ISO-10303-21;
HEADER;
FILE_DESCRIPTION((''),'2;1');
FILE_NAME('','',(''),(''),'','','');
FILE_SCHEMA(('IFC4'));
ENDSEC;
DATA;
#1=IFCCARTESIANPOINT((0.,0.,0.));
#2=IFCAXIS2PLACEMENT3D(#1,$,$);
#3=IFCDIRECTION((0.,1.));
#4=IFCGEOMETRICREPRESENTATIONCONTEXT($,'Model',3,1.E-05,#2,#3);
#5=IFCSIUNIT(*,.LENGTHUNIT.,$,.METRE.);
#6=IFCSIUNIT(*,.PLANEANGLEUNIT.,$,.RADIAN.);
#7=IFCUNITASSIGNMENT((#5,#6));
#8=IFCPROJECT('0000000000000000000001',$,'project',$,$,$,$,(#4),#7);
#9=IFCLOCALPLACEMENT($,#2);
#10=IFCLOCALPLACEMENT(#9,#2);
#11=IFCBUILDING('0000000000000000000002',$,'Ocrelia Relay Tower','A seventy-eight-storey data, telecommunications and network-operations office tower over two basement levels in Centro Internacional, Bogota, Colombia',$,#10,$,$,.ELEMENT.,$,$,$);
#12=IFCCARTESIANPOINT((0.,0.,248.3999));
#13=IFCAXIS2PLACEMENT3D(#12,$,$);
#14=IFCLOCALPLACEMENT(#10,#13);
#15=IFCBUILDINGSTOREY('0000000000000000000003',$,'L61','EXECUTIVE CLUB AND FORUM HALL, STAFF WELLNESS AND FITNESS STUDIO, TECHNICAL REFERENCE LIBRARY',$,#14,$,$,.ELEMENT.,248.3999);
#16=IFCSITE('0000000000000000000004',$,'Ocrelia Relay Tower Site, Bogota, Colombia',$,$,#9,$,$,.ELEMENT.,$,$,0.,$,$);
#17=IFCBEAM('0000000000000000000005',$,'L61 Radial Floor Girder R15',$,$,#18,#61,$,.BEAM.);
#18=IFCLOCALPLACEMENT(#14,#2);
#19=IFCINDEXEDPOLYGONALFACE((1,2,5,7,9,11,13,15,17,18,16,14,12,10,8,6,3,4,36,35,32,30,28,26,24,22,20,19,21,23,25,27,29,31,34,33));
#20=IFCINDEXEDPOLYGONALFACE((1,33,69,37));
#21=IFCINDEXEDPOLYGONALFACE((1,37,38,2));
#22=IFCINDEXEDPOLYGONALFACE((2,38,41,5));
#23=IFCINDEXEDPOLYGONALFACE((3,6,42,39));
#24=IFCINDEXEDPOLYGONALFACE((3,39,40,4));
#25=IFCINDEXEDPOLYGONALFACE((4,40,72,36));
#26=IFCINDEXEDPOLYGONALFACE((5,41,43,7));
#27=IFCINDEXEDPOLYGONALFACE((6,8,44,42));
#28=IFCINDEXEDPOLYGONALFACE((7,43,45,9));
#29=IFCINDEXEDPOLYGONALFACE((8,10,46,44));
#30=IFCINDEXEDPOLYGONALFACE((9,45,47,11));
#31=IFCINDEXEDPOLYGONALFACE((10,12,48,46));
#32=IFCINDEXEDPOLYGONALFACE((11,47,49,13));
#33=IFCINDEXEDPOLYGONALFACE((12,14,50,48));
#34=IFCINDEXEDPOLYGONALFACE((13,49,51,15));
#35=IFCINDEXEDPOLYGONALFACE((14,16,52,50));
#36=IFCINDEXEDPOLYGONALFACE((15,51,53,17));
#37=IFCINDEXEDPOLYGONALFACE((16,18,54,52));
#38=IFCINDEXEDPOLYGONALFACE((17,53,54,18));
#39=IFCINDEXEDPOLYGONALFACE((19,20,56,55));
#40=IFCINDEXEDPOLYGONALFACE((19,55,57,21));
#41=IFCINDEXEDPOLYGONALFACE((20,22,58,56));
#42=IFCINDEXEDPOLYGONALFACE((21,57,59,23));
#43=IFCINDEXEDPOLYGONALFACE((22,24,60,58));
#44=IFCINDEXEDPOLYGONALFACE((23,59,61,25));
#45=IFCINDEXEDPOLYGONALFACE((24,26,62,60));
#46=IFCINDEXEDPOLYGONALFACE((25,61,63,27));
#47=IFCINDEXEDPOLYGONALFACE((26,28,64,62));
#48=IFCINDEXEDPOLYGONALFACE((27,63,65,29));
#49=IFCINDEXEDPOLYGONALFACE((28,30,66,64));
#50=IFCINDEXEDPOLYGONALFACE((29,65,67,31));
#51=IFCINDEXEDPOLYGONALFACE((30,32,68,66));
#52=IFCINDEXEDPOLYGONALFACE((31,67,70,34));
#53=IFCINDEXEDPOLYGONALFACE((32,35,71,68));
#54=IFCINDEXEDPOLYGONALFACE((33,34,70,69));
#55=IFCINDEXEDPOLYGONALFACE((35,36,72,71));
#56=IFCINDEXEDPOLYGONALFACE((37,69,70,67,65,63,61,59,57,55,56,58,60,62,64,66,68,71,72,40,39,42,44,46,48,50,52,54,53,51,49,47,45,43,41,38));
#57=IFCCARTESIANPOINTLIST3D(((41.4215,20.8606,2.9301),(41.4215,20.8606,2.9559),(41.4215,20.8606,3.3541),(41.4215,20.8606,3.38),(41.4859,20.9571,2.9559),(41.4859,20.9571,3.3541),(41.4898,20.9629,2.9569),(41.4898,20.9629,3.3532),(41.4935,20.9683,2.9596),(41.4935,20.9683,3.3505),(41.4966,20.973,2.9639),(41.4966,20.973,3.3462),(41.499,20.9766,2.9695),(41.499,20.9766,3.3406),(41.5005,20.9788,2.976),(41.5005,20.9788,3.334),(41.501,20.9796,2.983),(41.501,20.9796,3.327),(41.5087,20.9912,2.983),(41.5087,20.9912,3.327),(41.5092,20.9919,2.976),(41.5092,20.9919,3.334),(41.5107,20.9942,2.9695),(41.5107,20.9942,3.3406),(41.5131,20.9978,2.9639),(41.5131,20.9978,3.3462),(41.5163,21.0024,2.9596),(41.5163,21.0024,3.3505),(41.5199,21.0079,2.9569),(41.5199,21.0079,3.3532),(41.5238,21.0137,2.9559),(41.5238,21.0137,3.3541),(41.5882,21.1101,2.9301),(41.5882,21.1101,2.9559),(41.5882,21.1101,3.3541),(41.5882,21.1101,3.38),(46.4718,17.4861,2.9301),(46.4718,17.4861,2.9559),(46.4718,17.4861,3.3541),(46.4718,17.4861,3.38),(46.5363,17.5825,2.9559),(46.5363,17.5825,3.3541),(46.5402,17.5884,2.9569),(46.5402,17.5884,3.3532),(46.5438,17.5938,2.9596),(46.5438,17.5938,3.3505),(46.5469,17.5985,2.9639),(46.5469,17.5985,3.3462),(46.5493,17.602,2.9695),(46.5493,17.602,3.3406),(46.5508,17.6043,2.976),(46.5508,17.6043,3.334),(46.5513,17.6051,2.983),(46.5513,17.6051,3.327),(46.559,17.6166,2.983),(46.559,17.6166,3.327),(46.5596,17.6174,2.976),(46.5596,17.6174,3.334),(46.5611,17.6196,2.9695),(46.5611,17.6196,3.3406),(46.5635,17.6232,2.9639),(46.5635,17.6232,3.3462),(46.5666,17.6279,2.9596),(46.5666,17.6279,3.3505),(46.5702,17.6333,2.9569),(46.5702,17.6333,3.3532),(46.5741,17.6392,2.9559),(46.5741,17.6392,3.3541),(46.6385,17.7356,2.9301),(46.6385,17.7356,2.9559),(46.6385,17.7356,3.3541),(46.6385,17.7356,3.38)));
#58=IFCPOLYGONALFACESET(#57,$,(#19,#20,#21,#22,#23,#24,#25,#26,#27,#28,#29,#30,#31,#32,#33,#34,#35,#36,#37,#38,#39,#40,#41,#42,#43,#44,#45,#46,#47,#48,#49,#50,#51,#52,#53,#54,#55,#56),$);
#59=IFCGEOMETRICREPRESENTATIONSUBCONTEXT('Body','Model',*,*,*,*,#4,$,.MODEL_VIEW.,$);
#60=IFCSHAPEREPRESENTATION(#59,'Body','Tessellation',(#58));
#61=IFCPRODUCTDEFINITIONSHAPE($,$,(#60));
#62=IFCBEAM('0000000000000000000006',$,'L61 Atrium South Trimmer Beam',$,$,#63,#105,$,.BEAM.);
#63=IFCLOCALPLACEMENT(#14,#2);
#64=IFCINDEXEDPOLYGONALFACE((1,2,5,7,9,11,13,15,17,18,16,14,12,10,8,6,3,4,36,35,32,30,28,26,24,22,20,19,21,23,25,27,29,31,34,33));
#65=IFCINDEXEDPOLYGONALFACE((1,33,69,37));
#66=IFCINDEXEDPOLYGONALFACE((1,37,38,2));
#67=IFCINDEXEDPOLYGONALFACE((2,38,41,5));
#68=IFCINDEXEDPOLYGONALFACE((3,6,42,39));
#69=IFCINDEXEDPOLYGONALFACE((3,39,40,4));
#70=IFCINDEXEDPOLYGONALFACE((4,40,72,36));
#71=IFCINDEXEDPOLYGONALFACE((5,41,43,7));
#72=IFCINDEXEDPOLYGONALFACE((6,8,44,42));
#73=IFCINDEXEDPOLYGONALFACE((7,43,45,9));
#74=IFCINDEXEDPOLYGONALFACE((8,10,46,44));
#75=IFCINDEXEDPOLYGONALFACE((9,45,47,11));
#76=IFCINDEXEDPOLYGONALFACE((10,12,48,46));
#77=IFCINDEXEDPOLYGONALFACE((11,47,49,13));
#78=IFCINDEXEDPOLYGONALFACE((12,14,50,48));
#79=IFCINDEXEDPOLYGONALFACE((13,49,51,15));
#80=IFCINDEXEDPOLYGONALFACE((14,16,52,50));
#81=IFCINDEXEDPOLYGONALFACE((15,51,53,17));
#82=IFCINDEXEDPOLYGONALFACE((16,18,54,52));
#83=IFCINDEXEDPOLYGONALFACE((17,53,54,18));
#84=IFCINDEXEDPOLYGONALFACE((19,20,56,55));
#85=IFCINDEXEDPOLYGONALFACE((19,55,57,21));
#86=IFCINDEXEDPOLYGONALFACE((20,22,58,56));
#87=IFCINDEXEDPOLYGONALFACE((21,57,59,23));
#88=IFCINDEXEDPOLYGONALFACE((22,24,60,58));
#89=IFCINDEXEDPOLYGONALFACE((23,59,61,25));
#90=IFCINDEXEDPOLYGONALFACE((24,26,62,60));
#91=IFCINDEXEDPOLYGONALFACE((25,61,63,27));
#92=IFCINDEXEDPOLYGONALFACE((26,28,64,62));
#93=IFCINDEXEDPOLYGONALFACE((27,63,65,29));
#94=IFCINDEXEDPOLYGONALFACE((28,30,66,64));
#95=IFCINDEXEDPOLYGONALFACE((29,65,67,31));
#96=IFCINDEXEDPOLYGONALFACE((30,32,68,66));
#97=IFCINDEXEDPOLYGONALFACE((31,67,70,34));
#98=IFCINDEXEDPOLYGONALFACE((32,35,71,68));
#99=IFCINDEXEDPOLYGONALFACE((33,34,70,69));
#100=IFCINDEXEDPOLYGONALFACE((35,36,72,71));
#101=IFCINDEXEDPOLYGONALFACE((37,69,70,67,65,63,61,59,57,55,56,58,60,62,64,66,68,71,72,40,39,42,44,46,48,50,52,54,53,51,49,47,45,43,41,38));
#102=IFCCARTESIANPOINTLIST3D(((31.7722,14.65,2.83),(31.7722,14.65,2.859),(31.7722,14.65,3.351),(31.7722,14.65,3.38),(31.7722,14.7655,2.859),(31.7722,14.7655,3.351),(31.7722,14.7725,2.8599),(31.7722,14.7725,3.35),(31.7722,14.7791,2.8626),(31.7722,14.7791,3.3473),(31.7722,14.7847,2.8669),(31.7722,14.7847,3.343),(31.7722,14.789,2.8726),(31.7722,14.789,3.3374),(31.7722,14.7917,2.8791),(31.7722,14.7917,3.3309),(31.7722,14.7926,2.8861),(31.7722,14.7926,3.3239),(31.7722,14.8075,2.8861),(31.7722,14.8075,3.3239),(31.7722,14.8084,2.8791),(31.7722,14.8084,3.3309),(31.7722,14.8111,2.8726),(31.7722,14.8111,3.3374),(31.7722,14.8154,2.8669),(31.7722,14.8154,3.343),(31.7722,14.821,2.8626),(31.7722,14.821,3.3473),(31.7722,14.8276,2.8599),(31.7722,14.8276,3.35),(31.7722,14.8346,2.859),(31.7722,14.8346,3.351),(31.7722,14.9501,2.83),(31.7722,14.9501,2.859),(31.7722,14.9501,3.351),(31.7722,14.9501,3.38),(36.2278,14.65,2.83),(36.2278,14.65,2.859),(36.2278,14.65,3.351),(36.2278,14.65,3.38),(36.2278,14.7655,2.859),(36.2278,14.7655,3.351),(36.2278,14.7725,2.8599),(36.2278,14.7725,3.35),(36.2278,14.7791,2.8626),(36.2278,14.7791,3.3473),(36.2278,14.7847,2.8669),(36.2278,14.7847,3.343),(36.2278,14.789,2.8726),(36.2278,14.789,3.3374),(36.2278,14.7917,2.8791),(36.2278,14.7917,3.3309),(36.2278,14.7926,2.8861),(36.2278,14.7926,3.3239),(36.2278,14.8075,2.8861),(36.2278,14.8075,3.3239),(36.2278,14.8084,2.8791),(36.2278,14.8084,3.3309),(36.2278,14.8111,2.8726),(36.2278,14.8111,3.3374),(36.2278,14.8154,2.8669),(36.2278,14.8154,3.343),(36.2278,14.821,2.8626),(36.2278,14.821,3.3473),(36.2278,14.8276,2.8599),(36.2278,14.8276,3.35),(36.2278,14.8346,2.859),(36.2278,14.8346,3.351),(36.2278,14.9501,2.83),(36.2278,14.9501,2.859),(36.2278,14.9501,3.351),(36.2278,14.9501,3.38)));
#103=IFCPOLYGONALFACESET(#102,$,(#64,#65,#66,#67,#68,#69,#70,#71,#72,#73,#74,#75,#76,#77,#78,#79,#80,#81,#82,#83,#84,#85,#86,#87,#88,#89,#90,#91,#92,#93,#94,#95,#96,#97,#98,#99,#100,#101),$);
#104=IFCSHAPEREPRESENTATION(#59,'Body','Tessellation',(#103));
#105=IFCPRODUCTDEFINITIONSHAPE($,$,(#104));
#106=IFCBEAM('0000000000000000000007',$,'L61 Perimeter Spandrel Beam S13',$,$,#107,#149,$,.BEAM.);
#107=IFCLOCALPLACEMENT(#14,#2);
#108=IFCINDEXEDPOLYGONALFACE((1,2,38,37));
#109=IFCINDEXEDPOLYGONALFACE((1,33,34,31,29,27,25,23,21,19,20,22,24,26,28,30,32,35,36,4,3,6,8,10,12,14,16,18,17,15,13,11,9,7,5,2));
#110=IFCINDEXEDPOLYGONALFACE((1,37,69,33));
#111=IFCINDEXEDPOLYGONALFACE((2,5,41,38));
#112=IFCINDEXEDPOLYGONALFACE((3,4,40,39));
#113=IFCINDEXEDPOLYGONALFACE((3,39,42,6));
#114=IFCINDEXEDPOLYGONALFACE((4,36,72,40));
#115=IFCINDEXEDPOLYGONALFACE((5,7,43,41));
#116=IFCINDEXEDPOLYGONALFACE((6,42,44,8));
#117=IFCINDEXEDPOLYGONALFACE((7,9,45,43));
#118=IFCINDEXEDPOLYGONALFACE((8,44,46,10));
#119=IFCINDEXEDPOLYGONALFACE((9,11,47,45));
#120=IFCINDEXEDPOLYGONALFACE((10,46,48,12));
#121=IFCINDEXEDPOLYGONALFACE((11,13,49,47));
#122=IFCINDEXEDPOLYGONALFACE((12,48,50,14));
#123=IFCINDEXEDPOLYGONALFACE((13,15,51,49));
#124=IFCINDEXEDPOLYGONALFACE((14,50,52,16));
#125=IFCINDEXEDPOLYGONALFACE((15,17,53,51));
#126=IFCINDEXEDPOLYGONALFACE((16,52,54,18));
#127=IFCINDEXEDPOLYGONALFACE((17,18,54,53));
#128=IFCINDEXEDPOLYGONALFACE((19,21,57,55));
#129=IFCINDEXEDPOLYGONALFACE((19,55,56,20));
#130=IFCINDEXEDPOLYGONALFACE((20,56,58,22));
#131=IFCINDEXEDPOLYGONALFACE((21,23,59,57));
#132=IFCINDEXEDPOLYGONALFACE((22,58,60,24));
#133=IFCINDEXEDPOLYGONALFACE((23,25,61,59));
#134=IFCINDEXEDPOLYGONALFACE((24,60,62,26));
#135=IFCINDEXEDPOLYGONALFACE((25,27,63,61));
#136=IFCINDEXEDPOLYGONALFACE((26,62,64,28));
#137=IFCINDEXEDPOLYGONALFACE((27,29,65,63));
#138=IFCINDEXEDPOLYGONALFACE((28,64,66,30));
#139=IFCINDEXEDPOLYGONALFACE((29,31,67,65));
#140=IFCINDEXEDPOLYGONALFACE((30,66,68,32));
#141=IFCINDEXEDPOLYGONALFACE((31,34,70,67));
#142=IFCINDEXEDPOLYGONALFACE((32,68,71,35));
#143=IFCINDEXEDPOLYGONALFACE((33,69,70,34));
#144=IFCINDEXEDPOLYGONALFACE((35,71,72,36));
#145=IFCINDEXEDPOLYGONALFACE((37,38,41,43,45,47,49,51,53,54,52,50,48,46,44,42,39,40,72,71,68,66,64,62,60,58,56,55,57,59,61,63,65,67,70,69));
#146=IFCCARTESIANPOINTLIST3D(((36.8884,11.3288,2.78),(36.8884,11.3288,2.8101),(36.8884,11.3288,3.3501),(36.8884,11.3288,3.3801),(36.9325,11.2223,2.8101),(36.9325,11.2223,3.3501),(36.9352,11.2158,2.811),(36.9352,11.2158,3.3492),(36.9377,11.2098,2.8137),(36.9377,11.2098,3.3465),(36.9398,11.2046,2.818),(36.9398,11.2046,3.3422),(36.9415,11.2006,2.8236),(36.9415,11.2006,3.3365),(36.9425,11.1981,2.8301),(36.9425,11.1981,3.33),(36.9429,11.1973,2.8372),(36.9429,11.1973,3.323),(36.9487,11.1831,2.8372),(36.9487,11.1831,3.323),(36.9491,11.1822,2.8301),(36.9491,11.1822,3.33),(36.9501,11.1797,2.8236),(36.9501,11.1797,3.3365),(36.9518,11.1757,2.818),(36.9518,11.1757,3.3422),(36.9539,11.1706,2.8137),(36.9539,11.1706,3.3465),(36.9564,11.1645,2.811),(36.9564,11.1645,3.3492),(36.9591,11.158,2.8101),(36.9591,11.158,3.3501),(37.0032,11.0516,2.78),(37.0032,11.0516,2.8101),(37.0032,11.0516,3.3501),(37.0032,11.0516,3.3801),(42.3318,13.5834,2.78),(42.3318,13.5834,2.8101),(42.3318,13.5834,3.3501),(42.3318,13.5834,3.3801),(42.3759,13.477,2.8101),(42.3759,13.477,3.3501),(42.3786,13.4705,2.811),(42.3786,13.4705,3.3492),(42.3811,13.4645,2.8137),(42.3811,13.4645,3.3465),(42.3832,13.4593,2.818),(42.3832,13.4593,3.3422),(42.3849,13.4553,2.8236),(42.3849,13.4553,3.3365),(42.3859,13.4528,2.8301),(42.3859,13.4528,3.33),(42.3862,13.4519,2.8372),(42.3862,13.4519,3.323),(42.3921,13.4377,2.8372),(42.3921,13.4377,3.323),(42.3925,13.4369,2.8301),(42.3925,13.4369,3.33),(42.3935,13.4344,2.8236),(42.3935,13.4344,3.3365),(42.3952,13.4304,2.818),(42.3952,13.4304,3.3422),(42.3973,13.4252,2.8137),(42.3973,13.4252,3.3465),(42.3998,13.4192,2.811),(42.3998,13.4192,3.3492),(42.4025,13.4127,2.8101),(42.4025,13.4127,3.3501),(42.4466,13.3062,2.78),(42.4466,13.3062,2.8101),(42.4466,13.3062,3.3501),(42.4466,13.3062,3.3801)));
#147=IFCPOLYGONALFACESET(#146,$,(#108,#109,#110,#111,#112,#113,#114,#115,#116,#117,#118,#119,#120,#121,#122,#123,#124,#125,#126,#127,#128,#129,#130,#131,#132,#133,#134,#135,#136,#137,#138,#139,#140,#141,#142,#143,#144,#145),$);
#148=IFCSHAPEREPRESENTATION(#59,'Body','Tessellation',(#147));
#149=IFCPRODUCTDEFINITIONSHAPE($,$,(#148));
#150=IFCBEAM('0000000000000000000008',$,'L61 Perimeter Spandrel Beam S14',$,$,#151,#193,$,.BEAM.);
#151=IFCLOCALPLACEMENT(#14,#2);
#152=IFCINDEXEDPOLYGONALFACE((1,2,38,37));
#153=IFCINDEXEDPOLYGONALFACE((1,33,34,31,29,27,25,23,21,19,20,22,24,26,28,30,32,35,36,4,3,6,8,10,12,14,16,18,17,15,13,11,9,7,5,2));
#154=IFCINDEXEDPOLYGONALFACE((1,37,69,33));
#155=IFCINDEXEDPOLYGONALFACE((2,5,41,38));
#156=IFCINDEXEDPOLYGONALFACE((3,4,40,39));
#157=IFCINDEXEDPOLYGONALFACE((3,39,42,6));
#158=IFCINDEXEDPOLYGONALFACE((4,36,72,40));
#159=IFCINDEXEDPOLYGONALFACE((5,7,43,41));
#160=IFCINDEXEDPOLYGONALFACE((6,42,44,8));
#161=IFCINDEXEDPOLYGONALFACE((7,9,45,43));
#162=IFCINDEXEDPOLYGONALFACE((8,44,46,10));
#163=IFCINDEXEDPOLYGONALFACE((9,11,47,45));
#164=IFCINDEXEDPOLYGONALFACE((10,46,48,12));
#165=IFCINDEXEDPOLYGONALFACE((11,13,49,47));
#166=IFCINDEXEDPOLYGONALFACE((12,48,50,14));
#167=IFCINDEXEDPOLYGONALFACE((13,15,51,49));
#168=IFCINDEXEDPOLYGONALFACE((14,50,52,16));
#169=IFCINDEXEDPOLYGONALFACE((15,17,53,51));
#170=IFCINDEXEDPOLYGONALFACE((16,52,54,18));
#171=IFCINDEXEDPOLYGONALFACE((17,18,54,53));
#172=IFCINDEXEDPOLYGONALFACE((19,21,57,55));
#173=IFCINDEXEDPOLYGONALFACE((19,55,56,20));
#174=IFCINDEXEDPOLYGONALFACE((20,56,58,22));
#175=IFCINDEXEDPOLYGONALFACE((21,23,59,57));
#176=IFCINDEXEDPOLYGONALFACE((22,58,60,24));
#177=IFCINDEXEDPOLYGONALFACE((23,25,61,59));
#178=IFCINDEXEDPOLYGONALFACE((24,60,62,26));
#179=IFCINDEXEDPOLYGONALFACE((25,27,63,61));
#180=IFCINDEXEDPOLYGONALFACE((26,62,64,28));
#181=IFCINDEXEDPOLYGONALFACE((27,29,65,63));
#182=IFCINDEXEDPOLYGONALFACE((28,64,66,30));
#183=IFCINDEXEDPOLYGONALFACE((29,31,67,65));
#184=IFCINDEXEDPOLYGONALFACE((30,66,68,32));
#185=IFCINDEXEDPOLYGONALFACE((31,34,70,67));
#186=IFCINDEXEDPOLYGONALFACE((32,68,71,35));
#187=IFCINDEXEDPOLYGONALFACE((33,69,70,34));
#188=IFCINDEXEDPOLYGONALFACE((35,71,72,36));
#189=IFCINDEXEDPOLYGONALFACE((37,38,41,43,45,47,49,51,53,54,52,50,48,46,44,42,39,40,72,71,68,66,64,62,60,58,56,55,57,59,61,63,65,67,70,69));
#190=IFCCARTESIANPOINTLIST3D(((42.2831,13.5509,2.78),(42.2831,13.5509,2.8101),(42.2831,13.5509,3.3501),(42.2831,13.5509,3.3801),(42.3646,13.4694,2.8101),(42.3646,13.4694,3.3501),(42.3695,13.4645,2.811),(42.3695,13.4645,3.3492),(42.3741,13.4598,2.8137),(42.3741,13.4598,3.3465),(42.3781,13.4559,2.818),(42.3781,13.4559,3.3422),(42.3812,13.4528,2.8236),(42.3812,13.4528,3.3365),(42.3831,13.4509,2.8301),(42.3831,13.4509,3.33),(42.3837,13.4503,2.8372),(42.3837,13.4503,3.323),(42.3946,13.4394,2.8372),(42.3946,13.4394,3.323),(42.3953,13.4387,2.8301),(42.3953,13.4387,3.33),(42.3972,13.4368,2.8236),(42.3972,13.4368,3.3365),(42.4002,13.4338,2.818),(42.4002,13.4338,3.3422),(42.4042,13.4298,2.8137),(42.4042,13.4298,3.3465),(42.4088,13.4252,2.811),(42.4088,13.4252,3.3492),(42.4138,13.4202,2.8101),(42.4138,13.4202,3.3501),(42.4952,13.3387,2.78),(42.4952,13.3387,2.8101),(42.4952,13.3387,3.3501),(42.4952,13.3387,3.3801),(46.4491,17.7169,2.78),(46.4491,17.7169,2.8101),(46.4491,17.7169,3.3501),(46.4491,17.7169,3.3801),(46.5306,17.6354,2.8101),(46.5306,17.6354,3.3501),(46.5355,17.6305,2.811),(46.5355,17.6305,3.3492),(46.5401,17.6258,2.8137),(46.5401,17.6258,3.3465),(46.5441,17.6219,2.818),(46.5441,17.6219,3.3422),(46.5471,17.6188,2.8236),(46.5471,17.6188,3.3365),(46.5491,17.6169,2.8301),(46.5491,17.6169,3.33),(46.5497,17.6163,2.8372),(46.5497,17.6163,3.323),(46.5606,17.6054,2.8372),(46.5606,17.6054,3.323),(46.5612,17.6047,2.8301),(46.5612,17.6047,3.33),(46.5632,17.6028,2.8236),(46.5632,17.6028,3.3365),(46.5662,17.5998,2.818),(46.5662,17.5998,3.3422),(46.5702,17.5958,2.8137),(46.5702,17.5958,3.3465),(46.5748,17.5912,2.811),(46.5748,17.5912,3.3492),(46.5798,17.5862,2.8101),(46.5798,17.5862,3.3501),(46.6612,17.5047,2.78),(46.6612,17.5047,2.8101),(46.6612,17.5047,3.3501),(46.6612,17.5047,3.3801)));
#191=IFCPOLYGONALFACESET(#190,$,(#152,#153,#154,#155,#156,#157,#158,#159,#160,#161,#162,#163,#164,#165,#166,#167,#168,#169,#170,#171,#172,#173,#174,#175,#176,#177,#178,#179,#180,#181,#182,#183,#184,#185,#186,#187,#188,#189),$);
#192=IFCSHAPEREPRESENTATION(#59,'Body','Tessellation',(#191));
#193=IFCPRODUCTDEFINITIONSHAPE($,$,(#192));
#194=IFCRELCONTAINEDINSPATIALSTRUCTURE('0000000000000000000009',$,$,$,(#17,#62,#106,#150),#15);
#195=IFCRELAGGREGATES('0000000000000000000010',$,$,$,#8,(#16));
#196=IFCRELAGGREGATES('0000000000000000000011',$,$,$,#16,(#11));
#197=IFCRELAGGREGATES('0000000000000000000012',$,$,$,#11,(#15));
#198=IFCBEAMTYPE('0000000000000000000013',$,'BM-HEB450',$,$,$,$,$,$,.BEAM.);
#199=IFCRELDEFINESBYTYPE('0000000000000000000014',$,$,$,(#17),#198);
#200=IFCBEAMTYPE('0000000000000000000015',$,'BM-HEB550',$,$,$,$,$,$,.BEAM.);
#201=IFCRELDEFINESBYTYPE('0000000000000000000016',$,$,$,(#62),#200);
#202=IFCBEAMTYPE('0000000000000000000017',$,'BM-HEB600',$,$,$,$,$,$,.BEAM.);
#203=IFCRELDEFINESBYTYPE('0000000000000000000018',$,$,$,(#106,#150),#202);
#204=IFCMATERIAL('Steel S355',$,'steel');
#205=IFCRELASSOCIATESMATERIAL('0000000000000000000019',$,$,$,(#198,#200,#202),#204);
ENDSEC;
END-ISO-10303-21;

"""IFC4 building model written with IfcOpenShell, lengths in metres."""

from ifc_helpers import new_model, si_unit, direction, frame, origin, origin_2d, place, context, subcontext, project, spatial, i_section, extrude, material, material_profile, profile_set, type_object, element, save


model = new_model("IFC4")

# Units and contexts
model_context = context("Model", 3, precision=1e-05, world=origin(), true_north=direction((0.0, 1.0)))
body_context = subcontext(model_context, "Body", "Model", "MODEL_VIEW")
ifc_project = project(units=[si_unit("LENGTHUNIT", "METRE"), si_unit("PLANEANGLEUNIT", "RADIAN")], contexts=[model_context])

# Site, building, storey
site_placement = place(None, origin())
site = spatial("IfcSite", under=ifc_project, at=site_placement, Name="Ocrelia Relay Tower Site, Bogota, Colombia", CompositionType="ELEMENT", RefElevation=0.0)
building_placement = place(site_placement, origin())
building = spatial("IfcBuilding", under=site, at=building_placement, Name="Ocrelia Relay Tower", Description="A seventy-eight-storey data, telecommunications and network-operations office tower over two basement levels in Centro Internacional, Bogota, Colombia", CompositionType="ELEMENT")
storey_placement = place(building_placement, frame((0.0, 0.0, 248.3999)))
storey = spatial("IfcBuildingStorey", under=building, at=storey_placement, Name="L61", Description="EXECUTIVE CLUB AND FORUM HALL, STAFF WELLNESS AND FITNESS STUDIO, TECHNICAL REFERENCE LIBRARY", CompositionType="ELEMENT", Elevation=248.3999)

# Beams
ifc_material_1 = material(Name="Steel S355", Category="steel")
ifc_material_profile_1 = material_profile(ifc_material_1, i_section(OverallWidth=0.3, OverallDepth=0.45, WebThickness=0.0139, FlangeThickness=0.0259, FilletRadius=0.0271, at=origin_2d()), Name="HEB 450")
ifc_profile_set_1 = profile_set([ifc_material_profile_1], Name="Steel S355")
beam_type_1 = type_object("IfcBeamType", Name="BM-HEB450", PredefinedType="BEAM", material=ifc_profile_set_1)
beam_1_placement = place(storey_placement, frame((46.5552, 17.6108, 3.155), z_axis=(-0.831469, 0.555572, 0.0), x_axis=(-0.555572, -0.831469, 0.0)))
element("IfcBeam", 1, at=beam_1_placement, inside=storey, type_object=beam_type_1, Name="L61 Radial Floor Girder R15", PredefinedType="BEAM", context=body_context, shape_type="SweptSolid", body=[
    extrude(i_section(OverallWidth=0.3, OverallDepth=0.45, WebThickness=0.0139, FlangeThickness=0.0259, FilletRadius=0.0271, at=origin_2d()), origin(), (0.0, 0.0, 1.0), 6.074),
])
ifc_material_profile_2 = material_profile(ifc_material_1, i_section(OverallWidth=0.3, OverallDepth=0.55, WebThickness=0.0149, FlangeThickness=0.0291, FilletRadius=0.0271, at=origin_2d()), Name="HEB 550")
ifc_profile_set_2 = profile_set([ifc_material_profile_2], Name="Steel S355")
beam_type_2 = type_object("IfcBeamType", Name="BM-HEB550", PredefinedType="BEAM", material=ifc_profile_set_2)
beam_2_placement = place(storey_placement, frame((31.7722, 14.8, 3.105), z_axis=(1.0, 0.0, 0.0), x_axis=(0.0, 1.0, 0.0)))
element("IfcBeam", 2, at=beam_2_placement, inside=storey, type_object=beam_type_2, Name="L61 Atrium South Trimmer Beam", PredefinedType="BEAM", context=body_context, shape_type="SweptSolid", body=[
    extrude(i_section(OverallWidth=0.3, OverallDepth=0.55, WebThickness=0.0149, FlangeThickness=0.0291, FilletRadius=0.0271, at=origin_2d()), origin(), (0.0, 0.0, 1.0), 4.4556),
])
ifc_material_profile_3 = material_profile(ifc_material_1, i_section(OverallWidth=0.3, OverallDepth=0.6001, WebThickness=0.0154, FlangeThickness=0.03, FilletRadius=0.0271, at=origin_2d()), Name="HEB 600")
ifc_profile_set_3 = profile_set([ifc_material_profile_3], Name="Steel S355")
beam_type_3 = type_object("IfcBeamType", Name="BM-HEB600", PredefinedType="BEAM", material=ifc_profile_set_3)
beam_3_placement = place(storey_placement, frame((36.9458, 11.1902, 3.0801), z_axis=(0.923884, 0.382673, 0.0), x_axis=(-0.382673, 0.923884, 0.0)))
element("IfcBeam", 3, at=beam_3_placement, inside=storey, type_object=beam_type_3, Name="L61 Perimeter Spandrel Beam S13", PredefinedType="BEAM", context=body_context, shape_type="SweptSolid", body=[
    extrude(i_section(OverallWidth=0.3, OverallDepth=0.6001, WebThickness=0.0154, FlangeThickness=0.03, FilletRadius=0.0271, at=origin_2d()), origin(), (0.0, 0.0, 1.0), 5.8918),
])
beam_4_placement = place(storey_placement, frame((42.3892, 13.4448, 3.0801), z_axis=(0.707107, 0.707107, 0.0), x_axis=(-0.707107, 0.707107, 0.0)))
element("IfcBeam", 4, at=beam_4_placement, inside=storey, type_object=beam_type_3, Name="L61 Perimeter Spandrel Beam S14", PredefinedType="BEAM", context=body_context, shape_type="SweptSolid", body=[
    extrude(i_section(OverallWidth=0.3, OverallDepth=0.6001, WebThickness=0.0154, FlangeThickness=0.03, FilletRadius=0.0271, at=origin_2d()), origin(), (0.0, 0.0, 1.0), 5.8916),
])

save(model, "model.ifc")
